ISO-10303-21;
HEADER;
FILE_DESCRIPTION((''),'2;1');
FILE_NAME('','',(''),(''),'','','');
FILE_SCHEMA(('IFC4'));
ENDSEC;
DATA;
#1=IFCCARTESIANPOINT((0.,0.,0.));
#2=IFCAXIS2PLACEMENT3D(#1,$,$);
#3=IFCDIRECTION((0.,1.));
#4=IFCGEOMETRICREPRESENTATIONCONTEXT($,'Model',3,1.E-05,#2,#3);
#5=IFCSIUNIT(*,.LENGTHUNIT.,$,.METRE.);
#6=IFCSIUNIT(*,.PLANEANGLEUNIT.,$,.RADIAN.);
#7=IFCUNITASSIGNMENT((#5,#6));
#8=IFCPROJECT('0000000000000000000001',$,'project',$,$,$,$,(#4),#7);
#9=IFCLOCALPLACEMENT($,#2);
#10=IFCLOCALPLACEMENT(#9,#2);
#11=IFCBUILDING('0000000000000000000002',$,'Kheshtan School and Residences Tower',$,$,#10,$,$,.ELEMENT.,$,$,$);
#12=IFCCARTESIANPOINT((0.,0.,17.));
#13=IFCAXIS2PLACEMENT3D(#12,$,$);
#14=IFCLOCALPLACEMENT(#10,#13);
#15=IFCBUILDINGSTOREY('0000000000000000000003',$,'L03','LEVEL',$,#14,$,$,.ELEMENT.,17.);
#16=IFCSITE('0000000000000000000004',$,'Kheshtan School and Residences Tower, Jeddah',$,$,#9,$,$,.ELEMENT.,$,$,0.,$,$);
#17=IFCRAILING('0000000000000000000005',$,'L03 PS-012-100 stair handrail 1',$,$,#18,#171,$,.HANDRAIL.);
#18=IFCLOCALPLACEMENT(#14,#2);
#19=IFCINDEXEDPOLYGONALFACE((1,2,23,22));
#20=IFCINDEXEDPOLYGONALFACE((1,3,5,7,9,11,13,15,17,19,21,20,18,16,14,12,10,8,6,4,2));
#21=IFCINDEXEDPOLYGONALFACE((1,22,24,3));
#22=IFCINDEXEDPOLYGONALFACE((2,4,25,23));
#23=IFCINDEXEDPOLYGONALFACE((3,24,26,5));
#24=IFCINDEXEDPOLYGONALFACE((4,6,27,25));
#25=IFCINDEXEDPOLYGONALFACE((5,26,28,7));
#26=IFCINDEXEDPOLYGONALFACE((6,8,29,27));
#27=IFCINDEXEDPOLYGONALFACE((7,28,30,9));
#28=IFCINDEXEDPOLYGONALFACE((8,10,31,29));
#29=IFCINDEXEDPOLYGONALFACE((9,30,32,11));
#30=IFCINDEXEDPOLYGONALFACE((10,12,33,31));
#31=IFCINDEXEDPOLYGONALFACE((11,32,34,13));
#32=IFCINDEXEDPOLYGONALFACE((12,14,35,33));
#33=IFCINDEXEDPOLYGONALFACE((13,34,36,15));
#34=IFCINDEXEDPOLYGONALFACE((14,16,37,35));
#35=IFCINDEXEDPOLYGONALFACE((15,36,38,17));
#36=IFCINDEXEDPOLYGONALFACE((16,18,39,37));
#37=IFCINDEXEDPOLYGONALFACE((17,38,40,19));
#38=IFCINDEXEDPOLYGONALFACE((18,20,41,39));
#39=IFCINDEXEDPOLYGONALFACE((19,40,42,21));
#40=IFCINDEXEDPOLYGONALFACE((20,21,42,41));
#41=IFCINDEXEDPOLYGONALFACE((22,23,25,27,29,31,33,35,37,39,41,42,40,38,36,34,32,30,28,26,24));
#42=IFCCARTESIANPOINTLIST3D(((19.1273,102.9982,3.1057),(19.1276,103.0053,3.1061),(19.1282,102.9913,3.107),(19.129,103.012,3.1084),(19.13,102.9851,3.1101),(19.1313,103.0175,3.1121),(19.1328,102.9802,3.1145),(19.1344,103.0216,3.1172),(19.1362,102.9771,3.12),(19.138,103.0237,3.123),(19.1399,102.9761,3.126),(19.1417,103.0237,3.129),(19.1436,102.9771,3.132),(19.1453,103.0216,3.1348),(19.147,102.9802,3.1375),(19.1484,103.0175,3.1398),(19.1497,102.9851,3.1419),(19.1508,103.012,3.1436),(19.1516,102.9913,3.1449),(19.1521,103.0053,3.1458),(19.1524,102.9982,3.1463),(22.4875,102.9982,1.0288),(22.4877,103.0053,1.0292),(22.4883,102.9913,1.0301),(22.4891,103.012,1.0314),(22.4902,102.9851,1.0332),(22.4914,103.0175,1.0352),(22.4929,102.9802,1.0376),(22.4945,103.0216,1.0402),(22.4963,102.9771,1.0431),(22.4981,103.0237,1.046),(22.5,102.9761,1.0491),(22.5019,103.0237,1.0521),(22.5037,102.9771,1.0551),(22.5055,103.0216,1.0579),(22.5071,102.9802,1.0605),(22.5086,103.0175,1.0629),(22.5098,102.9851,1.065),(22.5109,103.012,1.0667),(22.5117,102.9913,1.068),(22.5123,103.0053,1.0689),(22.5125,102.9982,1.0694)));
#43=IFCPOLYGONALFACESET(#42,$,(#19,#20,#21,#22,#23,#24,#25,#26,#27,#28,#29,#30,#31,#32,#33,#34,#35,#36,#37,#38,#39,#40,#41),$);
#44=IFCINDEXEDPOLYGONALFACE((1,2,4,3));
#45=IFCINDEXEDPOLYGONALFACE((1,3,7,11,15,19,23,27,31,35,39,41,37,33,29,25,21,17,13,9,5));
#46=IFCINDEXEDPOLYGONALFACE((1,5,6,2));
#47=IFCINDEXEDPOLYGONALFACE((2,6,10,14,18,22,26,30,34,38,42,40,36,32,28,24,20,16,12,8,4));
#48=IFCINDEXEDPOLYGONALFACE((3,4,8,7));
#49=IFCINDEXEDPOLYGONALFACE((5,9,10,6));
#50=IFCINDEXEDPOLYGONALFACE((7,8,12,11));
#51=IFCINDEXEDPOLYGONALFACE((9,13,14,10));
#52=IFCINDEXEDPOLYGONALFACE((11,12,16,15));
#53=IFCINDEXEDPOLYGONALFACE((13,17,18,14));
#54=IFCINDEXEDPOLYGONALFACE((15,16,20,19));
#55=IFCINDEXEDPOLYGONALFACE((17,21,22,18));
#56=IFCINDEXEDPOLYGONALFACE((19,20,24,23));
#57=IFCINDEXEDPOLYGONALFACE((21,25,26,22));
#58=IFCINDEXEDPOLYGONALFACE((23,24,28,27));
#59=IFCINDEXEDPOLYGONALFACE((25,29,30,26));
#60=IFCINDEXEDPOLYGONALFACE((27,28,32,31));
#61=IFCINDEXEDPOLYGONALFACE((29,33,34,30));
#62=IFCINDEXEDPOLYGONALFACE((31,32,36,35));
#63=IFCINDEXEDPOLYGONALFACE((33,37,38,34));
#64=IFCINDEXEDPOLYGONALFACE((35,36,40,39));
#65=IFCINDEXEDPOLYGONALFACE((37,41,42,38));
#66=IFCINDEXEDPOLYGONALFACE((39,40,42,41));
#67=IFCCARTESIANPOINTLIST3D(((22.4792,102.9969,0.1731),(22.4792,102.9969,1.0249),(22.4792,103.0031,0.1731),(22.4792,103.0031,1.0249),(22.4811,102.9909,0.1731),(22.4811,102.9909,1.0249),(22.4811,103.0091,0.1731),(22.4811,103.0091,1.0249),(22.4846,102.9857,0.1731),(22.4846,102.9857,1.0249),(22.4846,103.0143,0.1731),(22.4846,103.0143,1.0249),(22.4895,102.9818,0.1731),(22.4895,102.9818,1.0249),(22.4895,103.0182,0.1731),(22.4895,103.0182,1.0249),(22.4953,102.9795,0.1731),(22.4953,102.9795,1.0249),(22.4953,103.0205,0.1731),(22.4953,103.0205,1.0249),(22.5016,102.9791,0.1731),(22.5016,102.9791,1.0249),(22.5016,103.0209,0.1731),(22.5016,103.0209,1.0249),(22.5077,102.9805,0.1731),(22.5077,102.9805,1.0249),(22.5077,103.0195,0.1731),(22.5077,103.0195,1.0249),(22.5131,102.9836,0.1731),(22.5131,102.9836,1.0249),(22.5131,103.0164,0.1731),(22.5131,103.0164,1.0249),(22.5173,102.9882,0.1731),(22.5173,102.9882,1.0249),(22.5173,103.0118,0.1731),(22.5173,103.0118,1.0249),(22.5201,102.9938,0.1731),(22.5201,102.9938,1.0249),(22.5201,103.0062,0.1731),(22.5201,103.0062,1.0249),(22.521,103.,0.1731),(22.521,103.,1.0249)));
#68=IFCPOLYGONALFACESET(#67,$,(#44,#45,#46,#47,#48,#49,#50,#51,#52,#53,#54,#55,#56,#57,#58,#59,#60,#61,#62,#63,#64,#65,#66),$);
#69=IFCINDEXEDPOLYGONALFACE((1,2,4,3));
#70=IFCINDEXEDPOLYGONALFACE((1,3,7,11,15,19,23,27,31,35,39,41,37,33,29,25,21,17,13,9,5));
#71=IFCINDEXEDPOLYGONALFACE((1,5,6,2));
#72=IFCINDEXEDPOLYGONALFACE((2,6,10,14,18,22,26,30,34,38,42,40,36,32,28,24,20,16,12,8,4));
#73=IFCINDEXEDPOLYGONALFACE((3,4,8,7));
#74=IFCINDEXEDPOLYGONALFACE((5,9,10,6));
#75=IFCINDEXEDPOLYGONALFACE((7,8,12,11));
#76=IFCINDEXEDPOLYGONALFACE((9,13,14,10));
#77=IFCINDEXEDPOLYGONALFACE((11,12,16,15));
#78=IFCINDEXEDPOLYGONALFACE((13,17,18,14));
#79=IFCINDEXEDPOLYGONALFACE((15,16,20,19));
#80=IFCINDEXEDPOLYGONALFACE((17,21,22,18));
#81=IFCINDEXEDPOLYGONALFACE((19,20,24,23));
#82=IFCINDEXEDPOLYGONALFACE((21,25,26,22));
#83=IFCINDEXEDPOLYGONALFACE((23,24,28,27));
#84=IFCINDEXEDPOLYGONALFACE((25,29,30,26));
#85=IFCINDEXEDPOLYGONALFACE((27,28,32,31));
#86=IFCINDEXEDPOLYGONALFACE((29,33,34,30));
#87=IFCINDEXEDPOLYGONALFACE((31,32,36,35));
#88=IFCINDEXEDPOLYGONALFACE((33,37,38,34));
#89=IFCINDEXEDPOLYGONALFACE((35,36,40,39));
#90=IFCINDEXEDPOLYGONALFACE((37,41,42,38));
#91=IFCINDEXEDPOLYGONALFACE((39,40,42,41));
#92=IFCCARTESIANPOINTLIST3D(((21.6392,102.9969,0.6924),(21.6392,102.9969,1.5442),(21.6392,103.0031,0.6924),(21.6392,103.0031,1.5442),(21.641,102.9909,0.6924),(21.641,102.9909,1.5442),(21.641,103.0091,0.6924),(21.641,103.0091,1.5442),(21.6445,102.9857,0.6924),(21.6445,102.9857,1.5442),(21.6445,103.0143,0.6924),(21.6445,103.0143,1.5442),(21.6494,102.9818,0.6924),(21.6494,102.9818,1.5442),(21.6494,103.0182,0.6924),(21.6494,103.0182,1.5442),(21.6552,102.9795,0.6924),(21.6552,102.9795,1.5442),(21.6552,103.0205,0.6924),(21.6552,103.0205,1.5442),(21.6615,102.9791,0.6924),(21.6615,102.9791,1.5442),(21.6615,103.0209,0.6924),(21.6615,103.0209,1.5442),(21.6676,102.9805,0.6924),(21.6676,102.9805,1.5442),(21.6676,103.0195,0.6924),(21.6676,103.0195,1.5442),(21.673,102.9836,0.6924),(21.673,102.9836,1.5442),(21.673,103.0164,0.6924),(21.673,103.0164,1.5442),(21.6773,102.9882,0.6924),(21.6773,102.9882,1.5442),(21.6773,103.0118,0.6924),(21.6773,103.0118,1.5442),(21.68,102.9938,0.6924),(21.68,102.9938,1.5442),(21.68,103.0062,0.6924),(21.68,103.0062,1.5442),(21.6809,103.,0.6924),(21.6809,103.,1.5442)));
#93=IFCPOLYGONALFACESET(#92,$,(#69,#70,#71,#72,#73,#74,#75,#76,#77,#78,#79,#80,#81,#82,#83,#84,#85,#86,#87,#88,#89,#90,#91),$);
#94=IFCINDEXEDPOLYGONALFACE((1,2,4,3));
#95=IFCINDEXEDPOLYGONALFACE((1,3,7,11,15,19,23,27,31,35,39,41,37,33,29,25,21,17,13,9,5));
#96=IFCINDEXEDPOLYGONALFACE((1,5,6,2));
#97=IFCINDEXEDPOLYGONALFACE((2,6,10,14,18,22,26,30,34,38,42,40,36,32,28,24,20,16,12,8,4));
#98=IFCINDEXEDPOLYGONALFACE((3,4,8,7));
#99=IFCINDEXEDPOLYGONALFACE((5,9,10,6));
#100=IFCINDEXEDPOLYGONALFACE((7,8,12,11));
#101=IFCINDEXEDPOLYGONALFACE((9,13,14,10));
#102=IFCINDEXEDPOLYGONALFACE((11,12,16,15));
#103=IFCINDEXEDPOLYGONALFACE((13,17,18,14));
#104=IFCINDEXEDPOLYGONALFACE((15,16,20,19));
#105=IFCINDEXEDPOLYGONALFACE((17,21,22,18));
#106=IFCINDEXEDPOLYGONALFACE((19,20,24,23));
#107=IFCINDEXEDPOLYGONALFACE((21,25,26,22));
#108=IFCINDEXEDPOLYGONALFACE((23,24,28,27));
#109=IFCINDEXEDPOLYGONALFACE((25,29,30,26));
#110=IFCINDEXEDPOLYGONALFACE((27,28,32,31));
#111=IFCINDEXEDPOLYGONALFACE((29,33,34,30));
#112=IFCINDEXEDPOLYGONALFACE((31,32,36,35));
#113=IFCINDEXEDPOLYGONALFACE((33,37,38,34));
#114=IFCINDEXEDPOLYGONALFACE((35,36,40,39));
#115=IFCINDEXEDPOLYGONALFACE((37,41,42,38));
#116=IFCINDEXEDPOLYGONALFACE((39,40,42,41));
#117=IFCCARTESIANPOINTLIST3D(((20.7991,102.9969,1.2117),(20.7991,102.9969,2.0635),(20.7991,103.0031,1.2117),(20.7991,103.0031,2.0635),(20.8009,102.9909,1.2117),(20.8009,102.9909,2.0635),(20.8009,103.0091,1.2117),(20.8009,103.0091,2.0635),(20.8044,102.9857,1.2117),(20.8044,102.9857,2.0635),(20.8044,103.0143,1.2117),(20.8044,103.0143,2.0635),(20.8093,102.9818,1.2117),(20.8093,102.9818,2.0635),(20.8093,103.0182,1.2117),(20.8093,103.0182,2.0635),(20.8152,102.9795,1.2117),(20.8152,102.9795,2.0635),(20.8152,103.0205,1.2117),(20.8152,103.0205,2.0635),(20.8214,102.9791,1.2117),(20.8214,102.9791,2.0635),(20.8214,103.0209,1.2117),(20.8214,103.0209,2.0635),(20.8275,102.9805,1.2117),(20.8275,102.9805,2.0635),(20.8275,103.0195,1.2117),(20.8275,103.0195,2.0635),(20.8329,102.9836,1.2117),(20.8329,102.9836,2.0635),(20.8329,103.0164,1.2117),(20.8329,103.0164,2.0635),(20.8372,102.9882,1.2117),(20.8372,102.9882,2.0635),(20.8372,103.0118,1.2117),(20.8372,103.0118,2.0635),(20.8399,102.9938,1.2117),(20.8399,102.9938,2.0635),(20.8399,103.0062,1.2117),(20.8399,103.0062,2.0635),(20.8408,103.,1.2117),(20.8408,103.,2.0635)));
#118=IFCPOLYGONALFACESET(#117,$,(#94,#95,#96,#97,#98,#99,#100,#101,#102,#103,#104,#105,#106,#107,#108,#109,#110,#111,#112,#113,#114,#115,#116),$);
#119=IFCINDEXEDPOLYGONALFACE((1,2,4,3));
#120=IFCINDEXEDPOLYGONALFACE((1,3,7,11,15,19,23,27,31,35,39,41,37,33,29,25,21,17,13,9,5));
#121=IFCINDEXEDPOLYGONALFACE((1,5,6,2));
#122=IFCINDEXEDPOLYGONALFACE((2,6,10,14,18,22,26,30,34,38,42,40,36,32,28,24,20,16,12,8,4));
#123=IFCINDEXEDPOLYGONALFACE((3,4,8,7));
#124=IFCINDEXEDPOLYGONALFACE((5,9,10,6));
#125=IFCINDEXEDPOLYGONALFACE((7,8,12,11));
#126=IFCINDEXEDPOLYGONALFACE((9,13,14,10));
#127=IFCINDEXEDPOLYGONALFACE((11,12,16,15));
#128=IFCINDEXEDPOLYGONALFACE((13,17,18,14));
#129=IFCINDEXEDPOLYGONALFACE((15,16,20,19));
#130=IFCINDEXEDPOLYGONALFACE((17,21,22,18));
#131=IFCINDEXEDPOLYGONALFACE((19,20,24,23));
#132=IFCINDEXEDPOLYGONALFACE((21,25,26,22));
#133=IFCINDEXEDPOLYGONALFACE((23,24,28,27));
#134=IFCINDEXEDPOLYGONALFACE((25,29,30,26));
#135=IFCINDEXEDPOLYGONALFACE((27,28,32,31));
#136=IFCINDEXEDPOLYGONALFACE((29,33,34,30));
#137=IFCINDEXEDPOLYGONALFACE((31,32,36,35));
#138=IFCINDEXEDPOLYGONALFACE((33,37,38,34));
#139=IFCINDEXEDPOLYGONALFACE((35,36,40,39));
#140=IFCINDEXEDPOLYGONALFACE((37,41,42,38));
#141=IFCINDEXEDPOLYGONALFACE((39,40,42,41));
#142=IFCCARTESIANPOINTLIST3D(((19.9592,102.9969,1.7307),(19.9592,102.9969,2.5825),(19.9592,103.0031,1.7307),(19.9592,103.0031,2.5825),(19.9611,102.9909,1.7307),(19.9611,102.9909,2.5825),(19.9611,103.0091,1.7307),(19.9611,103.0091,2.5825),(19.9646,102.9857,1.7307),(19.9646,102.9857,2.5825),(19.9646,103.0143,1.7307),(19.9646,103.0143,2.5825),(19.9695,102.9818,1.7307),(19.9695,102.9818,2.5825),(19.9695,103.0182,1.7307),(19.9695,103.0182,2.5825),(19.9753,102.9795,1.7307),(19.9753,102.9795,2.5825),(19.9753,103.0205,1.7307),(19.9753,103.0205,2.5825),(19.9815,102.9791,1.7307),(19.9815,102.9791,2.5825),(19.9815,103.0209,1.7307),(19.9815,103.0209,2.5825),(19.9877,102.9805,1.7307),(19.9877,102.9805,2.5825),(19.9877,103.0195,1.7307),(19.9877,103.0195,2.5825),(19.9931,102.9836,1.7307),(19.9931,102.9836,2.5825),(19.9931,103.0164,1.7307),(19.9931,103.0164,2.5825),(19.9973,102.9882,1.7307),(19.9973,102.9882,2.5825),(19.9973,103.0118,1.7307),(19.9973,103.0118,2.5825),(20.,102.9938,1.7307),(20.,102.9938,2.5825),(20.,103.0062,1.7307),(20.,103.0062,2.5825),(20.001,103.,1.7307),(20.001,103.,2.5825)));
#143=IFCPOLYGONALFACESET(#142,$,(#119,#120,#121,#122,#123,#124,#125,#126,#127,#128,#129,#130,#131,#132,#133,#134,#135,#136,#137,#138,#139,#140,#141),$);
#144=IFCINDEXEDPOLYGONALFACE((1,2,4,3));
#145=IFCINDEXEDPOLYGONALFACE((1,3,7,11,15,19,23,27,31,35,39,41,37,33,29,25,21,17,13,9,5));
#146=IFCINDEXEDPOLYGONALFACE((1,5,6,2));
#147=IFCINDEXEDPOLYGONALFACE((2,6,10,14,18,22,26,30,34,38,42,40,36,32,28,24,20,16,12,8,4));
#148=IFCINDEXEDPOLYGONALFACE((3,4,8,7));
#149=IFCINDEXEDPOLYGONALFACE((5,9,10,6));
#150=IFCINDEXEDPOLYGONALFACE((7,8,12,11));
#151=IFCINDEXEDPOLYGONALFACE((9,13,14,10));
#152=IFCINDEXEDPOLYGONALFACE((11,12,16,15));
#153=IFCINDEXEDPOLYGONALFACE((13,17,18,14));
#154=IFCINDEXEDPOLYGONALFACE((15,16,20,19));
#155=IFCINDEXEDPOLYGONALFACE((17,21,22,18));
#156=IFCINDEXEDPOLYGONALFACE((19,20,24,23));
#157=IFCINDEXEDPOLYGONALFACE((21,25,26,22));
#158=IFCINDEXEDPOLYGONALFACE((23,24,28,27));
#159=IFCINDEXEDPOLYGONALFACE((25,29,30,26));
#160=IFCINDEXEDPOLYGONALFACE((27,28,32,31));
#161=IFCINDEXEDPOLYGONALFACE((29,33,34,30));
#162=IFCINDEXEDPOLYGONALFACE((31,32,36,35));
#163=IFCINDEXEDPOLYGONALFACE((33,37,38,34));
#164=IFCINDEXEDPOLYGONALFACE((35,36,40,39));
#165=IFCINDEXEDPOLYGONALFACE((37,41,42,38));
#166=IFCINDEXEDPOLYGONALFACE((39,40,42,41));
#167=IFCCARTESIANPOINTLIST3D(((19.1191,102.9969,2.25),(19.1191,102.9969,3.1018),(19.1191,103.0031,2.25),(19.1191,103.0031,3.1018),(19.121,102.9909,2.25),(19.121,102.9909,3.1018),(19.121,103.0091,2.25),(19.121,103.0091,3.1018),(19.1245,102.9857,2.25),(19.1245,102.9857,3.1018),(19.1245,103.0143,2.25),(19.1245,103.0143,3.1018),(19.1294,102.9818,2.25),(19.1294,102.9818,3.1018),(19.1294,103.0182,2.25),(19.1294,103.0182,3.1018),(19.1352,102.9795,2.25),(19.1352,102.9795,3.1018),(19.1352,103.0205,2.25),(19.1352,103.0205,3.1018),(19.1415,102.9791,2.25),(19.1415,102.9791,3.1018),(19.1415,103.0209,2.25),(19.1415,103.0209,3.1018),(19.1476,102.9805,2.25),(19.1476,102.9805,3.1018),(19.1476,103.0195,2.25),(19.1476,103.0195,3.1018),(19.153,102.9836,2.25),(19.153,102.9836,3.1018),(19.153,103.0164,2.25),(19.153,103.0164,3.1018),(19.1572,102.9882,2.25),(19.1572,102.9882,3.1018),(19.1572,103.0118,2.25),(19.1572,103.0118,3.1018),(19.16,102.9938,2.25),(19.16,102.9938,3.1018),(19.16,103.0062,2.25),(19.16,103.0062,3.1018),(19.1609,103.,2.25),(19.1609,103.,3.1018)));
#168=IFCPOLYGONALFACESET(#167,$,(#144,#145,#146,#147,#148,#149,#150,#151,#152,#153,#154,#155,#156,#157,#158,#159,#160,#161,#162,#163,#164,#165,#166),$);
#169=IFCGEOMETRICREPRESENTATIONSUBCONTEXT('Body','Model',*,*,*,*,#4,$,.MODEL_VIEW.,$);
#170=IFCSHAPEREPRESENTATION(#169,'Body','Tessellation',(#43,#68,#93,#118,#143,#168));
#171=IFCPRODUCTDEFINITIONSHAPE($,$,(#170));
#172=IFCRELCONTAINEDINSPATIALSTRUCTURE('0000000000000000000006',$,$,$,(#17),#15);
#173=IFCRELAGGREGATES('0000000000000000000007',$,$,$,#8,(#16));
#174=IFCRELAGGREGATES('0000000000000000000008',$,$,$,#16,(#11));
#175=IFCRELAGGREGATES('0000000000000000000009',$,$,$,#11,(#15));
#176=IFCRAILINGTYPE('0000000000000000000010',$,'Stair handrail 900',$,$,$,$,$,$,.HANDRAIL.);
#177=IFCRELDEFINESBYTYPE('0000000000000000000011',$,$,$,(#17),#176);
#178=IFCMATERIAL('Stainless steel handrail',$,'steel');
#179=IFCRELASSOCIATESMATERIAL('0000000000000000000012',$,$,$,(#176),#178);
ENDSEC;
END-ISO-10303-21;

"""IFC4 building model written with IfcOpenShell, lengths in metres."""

from ifc_helpers import new_model, si_unit, direction, frame, origin, origin_2d, place, context, subcontext, project, spatial, circle, extrude, material, type_object, element, save


model = new_model("IFC4")

# Units and contexts
model_context = context("Model", 3, precision=1e-05, world=origin(), true_north=direction((0.0, 1.0)))
body_context = subcontext(model_context, "Body", "Model", "MODEL_VIEW")
ifc_project = project(units=[si_unit("LENGTHUNIT", "METRE"), si_unit("PLANEANGLEUNIT", "RADIAN")], contexts=[model_context])

# Site, building, storey
site_placement = place(None, origin())
site = spatial("IfcSite", under=ifc_project, at=site_placement, Name="Kheshtan School and Residences Tower, Jeddah", CompositionType="ELEMENT", RefElevation=0.0)
building_placement = place(site_placement, origin())
building = spatial("IfcBuilding", under=site, at=building_placement, Name="Kheshtan School and Residences Tower", CompositionType="ELEMENT")
storey_placement = place(building_placement, frame((0.0, 0.0, 17.0)))
storey = spatial("IfcBuildingStorey", under=building, at=storey_placement, Name="L03", Description="LEVEL", CompositionType="ELEMENT", Elevation=17.0)

# Railing
ifc_material_1 = material(Name="Stainless steel handrail", Category="steel")
railing_type_1 = type_object("IfcRailingType", Name="Stair handrail 900", PredefinedType="HANDRAIL", material=ifc_material_1)
railing_1_placement = place(storey_placement, frame((22.5, 103.0, 0.1731)))
element("IfcRailing", 1, at=railing_1_placement, inside=storey, type_object=railing_type_1, Name="L03 PS-012-100 stair handrail 1", PredefinedType="HANDRAIL", context=body_context, shape_type="SweptSolid", body=[
    extrude(circle(Radius=0.0239, at=origin_2d()), frame((0.0, 0.0, 0.876), z_axis=(-0.850623, 0.0, 0.525776), x_axis=(0.0, -1.0, 0.0)), (0.0, 0.0, 1.0), 3.9502),
    extrude(circle(Radius=0.021, at=origin_2d()), origin(), (0.0, 0.0, 1.0), 0.8518),
    extrude(circle(Radius=0.021, at=origin_2d()), frame((-0.8401, 0.0, 0.5193)), (0.0, 0.0, 1.0), 0.8518),
    extrude(circle(Radius=0.021, at=origin_2d()), frame((-1.6802, 0.0, 1.0386)), (0.0, 0.0, 1.0), 0.8518),
    extrude(circle(Radius=0.021, at=origin_2d()), frame((-2.52, 0.0, 1.5576)), (0.0, 0.0, 1.0), 0.8518),
    extrude(circle(Radius=0.021, at=origin_2d()), frame((-3.3601, 0.0, 2.0769)), (0.0, 0.0, 1.0), 0.8518),
])

save(model, "model.ifc")
